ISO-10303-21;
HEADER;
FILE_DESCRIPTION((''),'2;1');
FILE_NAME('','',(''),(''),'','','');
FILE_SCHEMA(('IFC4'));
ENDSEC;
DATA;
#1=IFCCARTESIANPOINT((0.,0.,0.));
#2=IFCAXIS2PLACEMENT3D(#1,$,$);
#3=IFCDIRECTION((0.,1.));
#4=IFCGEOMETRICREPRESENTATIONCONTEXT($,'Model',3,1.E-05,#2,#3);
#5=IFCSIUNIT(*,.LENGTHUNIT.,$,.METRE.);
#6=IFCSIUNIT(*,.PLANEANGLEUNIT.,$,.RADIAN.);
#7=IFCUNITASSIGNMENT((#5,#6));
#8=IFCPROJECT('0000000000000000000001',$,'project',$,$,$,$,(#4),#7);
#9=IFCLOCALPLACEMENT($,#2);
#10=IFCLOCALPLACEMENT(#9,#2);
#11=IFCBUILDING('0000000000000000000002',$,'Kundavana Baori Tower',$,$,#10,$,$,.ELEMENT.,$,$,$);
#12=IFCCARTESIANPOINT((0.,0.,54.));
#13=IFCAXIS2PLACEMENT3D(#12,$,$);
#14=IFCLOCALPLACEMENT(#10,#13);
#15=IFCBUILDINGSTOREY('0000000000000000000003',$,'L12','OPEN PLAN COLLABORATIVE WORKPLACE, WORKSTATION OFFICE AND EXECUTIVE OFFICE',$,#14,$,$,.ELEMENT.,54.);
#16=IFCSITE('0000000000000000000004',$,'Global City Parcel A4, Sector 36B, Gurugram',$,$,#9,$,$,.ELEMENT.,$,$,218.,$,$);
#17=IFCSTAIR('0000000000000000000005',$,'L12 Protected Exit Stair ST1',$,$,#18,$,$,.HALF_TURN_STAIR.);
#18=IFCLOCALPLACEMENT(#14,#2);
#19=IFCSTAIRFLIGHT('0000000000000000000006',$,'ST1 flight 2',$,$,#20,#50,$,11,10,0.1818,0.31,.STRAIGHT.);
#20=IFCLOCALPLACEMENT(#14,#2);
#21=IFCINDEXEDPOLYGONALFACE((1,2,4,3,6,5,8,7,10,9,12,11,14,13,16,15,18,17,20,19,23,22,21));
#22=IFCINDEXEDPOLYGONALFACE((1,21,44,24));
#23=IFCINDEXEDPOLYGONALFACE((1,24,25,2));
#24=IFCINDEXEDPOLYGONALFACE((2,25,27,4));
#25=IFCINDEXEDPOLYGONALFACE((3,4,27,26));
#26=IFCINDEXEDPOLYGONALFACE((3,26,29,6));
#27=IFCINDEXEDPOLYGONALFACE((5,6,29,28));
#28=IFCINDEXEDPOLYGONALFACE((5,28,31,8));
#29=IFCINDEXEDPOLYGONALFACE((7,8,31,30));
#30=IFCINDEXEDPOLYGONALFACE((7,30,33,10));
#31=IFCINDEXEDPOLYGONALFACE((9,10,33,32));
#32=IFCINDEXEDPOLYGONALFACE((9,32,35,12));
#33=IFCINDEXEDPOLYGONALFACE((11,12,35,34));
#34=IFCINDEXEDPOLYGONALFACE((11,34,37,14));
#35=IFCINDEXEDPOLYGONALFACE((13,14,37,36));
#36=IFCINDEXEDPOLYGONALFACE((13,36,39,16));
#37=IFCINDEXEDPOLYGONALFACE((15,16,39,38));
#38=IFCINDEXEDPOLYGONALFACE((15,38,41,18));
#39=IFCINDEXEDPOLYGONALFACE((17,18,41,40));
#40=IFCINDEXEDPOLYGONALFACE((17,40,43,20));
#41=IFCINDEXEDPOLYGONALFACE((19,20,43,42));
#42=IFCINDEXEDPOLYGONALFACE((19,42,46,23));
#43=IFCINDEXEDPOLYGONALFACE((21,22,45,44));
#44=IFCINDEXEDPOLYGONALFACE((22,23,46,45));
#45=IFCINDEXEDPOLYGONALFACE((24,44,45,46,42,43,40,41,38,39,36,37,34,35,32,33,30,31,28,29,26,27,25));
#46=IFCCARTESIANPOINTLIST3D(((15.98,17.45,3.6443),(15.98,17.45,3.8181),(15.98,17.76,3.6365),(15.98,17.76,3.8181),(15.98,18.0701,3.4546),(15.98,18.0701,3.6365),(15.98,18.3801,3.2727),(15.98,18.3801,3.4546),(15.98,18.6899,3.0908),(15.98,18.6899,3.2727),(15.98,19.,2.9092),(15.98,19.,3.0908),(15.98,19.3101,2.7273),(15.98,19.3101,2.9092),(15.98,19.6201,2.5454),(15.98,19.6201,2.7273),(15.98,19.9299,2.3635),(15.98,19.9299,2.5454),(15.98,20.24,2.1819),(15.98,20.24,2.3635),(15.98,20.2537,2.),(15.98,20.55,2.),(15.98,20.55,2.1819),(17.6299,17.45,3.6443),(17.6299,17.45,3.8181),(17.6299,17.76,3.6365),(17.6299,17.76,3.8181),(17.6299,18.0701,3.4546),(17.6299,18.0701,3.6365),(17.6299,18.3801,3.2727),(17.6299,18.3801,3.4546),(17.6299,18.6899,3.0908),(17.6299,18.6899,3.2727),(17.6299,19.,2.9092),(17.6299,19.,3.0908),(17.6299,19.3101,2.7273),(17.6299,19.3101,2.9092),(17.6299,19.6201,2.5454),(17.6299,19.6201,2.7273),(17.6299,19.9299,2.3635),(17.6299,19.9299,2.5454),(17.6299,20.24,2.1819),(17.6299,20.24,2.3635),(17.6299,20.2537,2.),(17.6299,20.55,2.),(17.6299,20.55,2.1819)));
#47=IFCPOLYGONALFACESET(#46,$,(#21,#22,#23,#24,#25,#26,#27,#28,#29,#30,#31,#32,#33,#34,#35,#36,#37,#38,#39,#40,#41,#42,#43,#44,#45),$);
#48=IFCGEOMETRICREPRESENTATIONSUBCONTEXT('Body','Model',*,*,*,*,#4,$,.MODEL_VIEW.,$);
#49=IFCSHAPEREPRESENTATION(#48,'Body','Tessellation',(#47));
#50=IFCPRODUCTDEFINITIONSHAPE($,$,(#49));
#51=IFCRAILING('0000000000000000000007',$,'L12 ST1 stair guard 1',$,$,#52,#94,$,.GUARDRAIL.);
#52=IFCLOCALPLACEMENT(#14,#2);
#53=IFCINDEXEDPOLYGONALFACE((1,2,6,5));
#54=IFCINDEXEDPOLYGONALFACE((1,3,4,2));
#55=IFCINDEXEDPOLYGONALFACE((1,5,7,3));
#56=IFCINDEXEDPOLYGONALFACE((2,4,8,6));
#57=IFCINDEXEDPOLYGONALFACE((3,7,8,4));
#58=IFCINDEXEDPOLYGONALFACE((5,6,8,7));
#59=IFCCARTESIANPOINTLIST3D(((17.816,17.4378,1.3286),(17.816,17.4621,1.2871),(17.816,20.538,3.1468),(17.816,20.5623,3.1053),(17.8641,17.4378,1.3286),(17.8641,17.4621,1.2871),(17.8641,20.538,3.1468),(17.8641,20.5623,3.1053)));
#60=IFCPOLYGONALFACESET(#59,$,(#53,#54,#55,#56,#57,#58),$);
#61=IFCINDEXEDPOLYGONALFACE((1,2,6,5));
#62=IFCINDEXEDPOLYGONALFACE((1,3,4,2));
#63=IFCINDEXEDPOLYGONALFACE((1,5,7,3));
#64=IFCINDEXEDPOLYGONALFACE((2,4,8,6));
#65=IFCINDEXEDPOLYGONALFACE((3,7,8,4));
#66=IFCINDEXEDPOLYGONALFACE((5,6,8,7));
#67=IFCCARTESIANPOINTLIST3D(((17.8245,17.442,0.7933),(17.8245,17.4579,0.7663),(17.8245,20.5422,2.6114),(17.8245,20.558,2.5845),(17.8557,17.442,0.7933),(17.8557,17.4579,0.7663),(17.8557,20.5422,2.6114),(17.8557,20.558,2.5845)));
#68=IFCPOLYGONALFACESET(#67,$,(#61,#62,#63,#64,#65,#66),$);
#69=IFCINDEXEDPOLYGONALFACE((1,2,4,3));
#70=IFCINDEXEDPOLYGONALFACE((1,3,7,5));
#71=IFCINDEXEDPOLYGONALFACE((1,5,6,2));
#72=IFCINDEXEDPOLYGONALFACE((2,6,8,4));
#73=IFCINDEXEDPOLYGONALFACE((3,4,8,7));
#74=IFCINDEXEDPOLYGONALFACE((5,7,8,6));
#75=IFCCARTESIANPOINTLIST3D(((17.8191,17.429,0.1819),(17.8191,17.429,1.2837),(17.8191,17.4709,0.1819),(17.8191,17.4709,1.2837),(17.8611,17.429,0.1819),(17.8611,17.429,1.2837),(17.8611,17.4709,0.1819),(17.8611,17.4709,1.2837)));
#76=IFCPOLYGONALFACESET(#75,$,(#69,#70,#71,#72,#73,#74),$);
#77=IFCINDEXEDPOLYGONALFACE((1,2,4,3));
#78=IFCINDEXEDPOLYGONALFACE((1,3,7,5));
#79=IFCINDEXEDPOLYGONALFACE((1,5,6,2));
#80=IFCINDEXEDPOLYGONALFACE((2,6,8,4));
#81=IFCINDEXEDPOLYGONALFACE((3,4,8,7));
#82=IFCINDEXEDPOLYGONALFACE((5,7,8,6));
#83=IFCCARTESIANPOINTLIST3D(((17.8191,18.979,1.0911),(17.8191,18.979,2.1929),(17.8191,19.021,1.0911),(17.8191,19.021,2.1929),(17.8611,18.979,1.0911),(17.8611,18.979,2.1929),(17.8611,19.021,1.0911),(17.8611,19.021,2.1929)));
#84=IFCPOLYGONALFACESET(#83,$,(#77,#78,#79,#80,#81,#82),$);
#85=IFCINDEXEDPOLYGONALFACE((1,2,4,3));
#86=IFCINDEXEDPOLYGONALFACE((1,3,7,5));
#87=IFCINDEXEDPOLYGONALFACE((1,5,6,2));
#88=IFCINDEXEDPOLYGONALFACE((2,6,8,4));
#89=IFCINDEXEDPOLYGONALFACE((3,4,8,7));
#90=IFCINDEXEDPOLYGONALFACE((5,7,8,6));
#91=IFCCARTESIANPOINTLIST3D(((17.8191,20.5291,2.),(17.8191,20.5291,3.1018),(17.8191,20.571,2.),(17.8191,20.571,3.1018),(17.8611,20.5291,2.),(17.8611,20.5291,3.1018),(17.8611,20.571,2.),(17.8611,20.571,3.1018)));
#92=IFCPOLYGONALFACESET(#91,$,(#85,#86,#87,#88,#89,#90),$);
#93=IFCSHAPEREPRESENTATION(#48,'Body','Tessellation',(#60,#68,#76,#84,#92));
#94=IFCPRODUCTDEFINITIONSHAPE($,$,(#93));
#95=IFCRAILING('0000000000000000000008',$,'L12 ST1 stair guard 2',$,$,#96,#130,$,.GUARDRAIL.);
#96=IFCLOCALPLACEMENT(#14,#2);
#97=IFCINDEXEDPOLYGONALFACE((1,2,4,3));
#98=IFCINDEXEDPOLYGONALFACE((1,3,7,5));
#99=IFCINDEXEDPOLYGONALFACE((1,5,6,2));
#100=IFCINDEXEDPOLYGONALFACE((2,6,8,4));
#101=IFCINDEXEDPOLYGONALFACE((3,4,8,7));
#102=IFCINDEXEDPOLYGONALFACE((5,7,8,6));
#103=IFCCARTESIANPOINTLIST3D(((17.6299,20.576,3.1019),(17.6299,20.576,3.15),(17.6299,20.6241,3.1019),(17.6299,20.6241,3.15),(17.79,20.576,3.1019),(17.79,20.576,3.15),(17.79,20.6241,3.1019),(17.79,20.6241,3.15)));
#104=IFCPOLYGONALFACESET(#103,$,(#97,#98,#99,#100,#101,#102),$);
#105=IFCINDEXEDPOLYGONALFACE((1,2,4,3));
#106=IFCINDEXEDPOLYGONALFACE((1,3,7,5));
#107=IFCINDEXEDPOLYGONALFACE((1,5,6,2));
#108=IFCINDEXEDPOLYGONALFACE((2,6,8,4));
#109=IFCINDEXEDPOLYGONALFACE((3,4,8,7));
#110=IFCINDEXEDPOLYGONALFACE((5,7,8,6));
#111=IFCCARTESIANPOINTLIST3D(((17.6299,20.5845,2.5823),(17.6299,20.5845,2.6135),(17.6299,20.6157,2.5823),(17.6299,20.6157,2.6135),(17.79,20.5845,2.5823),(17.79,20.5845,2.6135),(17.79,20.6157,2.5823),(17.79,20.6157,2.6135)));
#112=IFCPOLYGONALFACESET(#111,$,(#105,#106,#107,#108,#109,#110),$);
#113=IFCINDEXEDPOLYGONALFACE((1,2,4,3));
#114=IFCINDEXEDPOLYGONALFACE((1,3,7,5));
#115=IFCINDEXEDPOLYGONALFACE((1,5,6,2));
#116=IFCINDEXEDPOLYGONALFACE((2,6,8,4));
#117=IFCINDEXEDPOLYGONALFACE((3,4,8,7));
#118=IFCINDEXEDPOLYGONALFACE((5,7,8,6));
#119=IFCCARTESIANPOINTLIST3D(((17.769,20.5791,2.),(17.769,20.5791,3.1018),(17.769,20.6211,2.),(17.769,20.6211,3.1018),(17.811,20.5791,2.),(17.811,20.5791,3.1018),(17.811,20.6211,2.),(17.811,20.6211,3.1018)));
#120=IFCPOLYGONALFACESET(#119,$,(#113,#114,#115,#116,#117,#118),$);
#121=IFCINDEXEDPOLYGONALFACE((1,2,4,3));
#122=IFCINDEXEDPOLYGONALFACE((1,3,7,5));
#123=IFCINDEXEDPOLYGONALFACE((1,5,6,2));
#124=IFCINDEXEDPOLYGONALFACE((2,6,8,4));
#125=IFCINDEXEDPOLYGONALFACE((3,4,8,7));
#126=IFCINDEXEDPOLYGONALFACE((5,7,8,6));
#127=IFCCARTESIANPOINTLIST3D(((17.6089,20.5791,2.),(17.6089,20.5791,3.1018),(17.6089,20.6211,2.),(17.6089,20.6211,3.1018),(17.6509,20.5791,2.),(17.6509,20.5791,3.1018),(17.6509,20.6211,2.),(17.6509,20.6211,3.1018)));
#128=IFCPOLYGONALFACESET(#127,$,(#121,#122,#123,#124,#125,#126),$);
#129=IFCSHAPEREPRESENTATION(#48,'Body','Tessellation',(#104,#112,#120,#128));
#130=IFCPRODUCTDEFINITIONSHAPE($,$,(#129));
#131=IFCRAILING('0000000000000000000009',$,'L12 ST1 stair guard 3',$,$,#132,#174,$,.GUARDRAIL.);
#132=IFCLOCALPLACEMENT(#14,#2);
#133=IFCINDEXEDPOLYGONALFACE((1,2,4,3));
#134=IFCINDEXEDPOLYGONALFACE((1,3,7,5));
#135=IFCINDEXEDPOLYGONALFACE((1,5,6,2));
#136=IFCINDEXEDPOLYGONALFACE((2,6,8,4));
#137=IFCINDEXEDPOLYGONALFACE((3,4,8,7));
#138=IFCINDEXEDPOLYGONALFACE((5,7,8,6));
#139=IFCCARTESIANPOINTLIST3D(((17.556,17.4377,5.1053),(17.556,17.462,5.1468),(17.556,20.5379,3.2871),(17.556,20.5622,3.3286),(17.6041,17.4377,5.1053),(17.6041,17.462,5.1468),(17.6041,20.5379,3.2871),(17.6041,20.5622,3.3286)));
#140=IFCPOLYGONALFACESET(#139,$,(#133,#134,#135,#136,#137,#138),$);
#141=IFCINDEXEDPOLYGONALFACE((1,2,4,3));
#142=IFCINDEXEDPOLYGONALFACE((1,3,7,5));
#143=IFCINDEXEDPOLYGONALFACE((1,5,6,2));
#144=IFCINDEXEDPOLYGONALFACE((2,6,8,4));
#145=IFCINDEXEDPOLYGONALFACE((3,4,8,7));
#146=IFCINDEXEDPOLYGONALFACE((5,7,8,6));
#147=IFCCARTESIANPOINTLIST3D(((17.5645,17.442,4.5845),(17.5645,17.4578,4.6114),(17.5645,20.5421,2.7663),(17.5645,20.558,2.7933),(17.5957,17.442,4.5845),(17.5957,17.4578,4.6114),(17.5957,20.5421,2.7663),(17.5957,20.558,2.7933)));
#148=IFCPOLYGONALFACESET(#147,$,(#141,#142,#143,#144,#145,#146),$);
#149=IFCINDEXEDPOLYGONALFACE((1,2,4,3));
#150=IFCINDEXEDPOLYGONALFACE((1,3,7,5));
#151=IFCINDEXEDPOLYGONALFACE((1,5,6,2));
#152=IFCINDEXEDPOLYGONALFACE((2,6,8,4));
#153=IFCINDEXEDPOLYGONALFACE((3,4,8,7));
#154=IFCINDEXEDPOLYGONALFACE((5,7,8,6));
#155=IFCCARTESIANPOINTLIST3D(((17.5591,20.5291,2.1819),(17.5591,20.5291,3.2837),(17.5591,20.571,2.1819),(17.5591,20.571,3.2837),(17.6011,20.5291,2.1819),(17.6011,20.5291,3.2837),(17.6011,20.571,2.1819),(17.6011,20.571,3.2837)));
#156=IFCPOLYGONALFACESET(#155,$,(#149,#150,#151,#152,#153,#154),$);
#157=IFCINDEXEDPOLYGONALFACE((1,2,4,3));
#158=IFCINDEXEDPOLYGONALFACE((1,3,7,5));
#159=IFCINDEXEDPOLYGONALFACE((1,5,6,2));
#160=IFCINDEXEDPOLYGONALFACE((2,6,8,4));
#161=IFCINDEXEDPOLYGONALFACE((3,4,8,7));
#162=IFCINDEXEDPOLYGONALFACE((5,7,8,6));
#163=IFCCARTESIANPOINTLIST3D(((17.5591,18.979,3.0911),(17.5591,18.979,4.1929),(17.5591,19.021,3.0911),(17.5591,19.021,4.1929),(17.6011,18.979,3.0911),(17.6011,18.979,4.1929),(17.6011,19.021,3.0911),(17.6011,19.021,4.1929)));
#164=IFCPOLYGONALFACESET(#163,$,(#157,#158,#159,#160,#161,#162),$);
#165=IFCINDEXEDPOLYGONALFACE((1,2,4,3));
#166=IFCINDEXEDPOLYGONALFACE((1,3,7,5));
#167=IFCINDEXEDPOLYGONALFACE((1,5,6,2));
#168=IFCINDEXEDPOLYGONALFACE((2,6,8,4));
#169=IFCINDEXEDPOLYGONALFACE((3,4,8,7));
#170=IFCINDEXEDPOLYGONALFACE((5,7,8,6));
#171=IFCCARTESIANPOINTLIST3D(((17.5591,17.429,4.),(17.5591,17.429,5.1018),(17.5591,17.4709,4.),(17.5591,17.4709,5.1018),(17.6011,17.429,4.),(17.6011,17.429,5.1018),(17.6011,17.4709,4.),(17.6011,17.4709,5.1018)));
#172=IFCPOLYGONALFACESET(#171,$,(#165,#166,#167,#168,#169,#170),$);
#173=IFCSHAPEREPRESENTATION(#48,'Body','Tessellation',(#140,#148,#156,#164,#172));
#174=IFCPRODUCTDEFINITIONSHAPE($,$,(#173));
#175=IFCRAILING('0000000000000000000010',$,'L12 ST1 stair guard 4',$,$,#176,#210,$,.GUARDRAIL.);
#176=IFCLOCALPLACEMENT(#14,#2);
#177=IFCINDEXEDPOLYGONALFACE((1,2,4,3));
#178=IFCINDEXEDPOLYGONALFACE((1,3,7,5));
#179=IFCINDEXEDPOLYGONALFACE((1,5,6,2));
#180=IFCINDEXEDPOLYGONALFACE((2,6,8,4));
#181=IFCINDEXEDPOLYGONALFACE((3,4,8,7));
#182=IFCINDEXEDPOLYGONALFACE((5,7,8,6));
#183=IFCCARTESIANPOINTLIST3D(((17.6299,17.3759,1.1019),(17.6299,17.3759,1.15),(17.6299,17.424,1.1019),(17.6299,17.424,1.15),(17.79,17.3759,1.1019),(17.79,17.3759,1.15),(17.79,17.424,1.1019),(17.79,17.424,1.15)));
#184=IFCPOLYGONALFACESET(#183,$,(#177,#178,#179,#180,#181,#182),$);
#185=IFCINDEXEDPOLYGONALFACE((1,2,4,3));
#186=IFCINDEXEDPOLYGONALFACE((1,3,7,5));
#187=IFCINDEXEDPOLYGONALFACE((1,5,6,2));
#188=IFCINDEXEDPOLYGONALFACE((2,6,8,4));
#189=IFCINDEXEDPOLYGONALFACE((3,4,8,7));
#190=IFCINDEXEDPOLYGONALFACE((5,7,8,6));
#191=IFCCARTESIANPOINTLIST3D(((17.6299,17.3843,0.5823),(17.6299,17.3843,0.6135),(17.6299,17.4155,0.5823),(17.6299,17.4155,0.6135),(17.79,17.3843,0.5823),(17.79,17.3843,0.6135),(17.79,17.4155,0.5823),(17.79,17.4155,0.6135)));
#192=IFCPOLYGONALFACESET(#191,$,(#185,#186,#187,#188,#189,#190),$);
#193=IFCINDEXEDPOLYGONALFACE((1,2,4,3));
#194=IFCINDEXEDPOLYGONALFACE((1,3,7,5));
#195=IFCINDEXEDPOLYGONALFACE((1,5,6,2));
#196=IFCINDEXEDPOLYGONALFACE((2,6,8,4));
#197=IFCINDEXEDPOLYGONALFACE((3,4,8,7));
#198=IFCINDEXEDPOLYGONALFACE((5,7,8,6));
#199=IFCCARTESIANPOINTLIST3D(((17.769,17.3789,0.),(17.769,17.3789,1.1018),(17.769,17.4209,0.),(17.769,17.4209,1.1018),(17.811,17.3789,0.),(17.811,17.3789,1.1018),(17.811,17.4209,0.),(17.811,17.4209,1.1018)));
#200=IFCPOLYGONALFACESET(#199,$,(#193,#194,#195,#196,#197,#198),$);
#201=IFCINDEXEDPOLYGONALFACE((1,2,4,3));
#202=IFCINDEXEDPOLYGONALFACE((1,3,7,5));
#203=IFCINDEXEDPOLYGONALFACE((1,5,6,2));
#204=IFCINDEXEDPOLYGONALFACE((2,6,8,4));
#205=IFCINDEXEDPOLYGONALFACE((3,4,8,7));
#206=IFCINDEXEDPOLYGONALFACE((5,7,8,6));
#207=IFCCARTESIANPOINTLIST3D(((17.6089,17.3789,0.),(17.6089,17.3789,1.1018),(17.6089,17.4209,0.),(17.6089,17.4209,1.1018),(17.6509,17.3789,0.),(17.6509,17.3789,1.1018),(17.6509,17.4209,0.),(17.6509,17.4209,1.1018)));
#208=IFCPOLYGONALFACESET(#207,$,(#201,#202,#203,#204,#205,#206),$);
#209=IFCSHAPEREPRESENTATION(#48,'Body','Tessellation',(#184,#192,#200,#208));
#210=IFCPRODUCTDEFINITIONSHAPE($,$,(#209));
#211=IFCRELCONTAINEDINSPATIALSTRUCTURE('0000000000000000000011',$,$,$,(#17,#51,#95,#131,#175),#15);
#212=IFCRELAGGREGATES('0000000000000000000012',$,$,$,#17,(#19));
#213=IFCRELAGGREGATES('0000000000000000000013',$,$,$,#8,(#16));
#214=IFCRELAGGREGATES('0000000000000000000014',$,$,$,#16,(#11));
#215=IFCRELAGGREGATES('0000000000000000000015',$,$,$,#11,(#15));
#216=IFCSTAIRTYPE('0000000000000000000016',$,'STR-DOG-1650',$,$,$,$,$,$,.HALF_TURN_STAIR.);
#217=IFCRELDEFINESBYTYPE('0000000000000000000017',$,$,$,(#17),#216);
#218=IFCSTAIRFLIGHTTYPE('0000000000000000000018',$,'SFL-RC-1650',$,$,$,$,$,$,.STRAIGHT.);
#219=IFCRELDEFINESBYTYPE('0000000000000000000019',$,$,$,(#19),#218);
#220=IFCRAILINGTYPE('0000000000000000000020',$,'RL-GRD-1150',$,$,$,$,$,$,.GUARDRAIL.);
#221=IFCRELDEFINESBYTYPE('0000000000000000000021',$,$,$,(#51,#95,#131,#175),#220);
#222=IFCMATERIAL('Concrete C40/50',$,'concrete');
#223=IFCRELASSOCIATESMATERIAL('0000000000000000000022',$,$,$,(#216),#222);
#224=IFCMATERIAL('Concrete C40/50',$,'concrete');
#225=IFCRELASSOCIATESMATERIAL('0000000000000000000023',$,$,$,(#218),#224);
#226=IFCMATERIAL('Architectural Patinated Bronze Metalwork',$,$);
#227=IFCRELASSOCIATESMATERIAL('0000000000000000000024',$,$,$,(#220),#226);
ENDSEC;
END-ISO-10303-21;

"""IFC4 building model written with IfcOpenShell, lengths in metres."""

from ifc_helpers import new_model, si_unit, direction, frame, origin, origin_2d, place, context, subcontext, project, spatial, polyline, rectangle, outline, extrude, material, type_object, element, aggregate, save


model = new_model("IFC4")

# Units and contexts
model_context = context("Model", 3, precision=1e-05, world=origin(), true_north=direction((0.0, 1.0)))
body_context = subcontext(model_context, "Body", "Model", "MODEL_VIEW")
ifc_project = project(units=[si_unit("LENGTHUNIT", "METRE"), si_unit("PLANEANGLEUNIT", "RADIAN")], contexts=[model_context])

# Site, building, storey
site_placement = place(None, origin())
site = spatial("IfcSite", under=ifc_project, at=site_placement, Name="Global City Parcel A4, Sector 36B, Gurugram", CompositionType="ELEMENT", RefElevation=218.0)
building_placement = place(site_placement, origin())
building = spatial("IfcBuilding", under=site, at=building_placement, Name="Kundavana Baori Tower", CompositionType="ELEMENT")
storey_placement = place(building_placement, frame((0.0, 0.0, 54.0)))
storey = spatial("IfcBuildingStorey", under=building, at=storey_placement, Name="L12", Description="OPEN PLAN COLLABORATIVE WORKPLACE, WORKSTATION OFFICE AND EXECUTIVE OFFICE", CompositionType="ELEMENT", Elevation=54.0)

# Stair, stair flight
ifc_material_1 = material(Name="Concrete C40/50", Category="concrete")
stair_type = type_object("IfcStairType", Name="STR-DOG-1650", PredefinedType="HALF_TURN_STAIR", material=ifc_material_1)
stair_placement = place(storey_placement, origin())
stair = element("IfcStair", 1, at=stair_placement, inside=storey, type_object=stair_type, Name="L12 Protected Exit Stair ST1", PredefinedType="HALF_TURN_STAIR")
ifc_material_2 = material(Name="Concrete C40/50", Category="concrete")
stair_flight_type = type_object("IfcStairFlightType", Name="SFL-RC-1650", PredefinedType="STRAIGHT", material=ifc_material_2)
stair_flight_1_placement = place(storey_placement, frame((16.8049, 20.55, 2.0), z_axis=(0.0, 0.0, 1.0), x_axis=(0.0, -1.0, 0.0)))
stair_flight_1 = element("IfcStairFlight", 2, at=stair_flight_1_placement, type_object=stair_flight_type, Name="ST1 flight 2", NumberOfRisers=11, NumberOfTreads=10, PredefinedType="STRAIGHT", RiserHeight=0.1818, TreadLength=0.31, context=body_context, shape_type="SweptSolid", body=[
    extrude(outline(polyline([(0.0, 0.0), (0.0, 0.1819), (0.3101, 0.1819), (0.3101, 0.3635), (0.6201, 0.3635), (0.6201, 0.5454), (0.9299, 0.5454), (0.9299, 0.7273), (1.24, 0.7273), (1.24, 0.9092), (1.55, 0.9092), (1.55, 1.0908), (1.8601, 1.0908), (1.8601, 1.2727), (2.1699, 1.2727), (2.1699, 1.4546), (2.48, 1.4546), (2.48, 1.6365), (2.79, 1.6365), (2.79, 1.8181), (3.1001, 1.8181), (3.1001, 2.0), (3.1001, 1.6443), (0.2964, 0.0), (0.0, 0.0)])), frame((0.0, 0.825, 0.0), z_axis=(0.0, -1.0, 0.0), x_axis=(1.0, 0.0, 0.0)), (0.0, 0.0, 1.0), 1.6499),
])
aggregate(stair, [stair_flight_1])

# Railings
ifc_material_3 = material(Name="Architectural Patinated Bronze Metalwork")
railing_type_1 = type_object("IfcRailingType", Name="RL-GRD-1150", PredefinedType="GUARDRAIL", material=ifc_material_3)
railing_1_placement = place(storey_placement, frame((17.8401, 17.45, 0.1819)))
element("IfcRailing", 3, at=railing_1_placement, inside=storey, type_object=railing_type_1, Name="L12 ST1 stair guard 1", PredefinedType="GUARDRAIL", context=body_context, shape_type="SweptSolid", body=[
    extrude(rectangle(XDim=0.0481, YDim=0.0481, at=origin_2d()), frame((0.0, 0.0, 1.126), z_axis=(0.0, 0.862599, 0.505889), x_axis=(-1.0, 0.0, 0.0)), (0.0, 0.0, 1.0), 3.594),
    extrude(rectangle(XDim=0.0312, YDim=0.0312, at=origin_2d()), frame((0.0, 0.0, 0.5979), z_axis=(0.0, 0.862599, 0.505889), x_axis=(-1.0, 0.0, 0.0)), (0.0, 0.0, 1.0), 3.594),
    extrude(rectangle(XDim=0.042, YDim=0.042, at=origin_2d()), origin(), (0.0, 0.0, 1.0), 1.1018),
    extrude(rectangle(XDim=0.042, YDim=0.042, at=origin_2d()), frame((0.0, 1.55, 0.9092)), (0.0, 0.0, 1.0), 1.1018),
    extrude(rectangle(XDim=0.042, YDim=0.042, at=origin_2d()), frame((0.0, 3.1001, 1.8181)), (0.0, 0.0, 1.0), 1.1018),
])
railing_2_placement = place(storey_placement, frame((17.79, 20.6001, 2.0)))
element("IfcRailing", 4, at=railing_2_placement, inside=storey, type_object=railing_type_1, Name="L12 ST1 stair guard 2", PredefinedType="GUARDRAIL", context=body_context, shape_type="SweptSolid", body=[
    extrude(rectangle(XDim=0.0481, YDim=0.0481, at=origin_2d()), frame((0.0, 0.0, 1.126), z_axis=(-1.0, 0.0, 0.0), x_axis=(0.0, -1.0, 0.0)), (0.0, 0.0, 1.0), 0.1602),
    extrude(rectangle(XDim=0.0312, YDim=0.0312, at=origin_2d()), frame((0.0, 0.0, 0.5979), z_axis=(-1.0, 0.0, 0.0), x_axis=(0.0, -1.0, 0.0)), (0.0, 0.0, 1.0), 0.1602),
    extrude(rectangle(XDim=0.042, YDim=0.042, at=origin_2d()), origin(), (0.0, 0.0, 1.0), 1.1018),
    extrude(rectangle(XDim=0.042, YDim=0.042, at=origin_2d()), frame((-0.1602, 0.0, 0.0)), (0.0, 0.0, 1.0), 1.1018),
])
railing_3_placement = place(storey_placement, frame((17.5801, 20.55, 2.1819)))
element("IfcRailing", 5, at=railing_3_placement, inside=storey, type_object=railing_type_1, Name="L12 ST1 stair guard 3", PredefinedType="GUARDRAIL", context=body_context, shape_type="SweptSolid", body=[
    extrude(rectangle(XDim=0.0481, YDim=0.0481, at=origin_2d()), frame((0.0, 0.0, 1.126), z_axis=(0.0, -0.862599, 0.505889), x_axis=(1.0, 0.0, 0.0)), (0.0, 0.0, 1.0), 3.594),
    extrude(rectangle(XDim=0.0312, YDim=0.0312, at=origin_2d()), frame((0.0, 0.0, 0.5979), z_axis=(0.0, -0.862599, 0.505889), x_axis=(1.0, 0.0, 0.0)), (0.0, 0.0, 1.0), 3.594),
    extrude(rectangle(XDim=0.042, YDim=0.042, at=origin_2d()), origin(), (0.0, 0.0, 1.0), 1.1018),
    extrude(rectangle(XDim=0.042, YDim=0.042, at=origin_2d()), frame((0.0, -1.55, 0.9092)), (0.0, 0.0, 1.0), 1.1018),
    extrude(rectangle(XDim=0.042, YDim=0.042, at=origin_2d()), frame((0.0, -3.1001, 1.8181)), (0.0, 0.0, 1.0), 1.1018),
])
railing_4_placement = place(storey_placement, frame((17.79, 17.3999, 0.0)))
element("IfcRailing", 6, at=railing_4_placement, inside=storey, type_object=railing_type_1, Name="L12 ST1 stair guard 4", PredefinedType="GUARDRAIL", context=body_context, shape_type="SweptSolid", body=[
    extrude(rectangle(XDim=0.0481, YDim=0.0481, at=origin_2d()), frame((0.0, 0.0, 1.126), z_axis=(-1.0, 0.0, 0.0), x_axis=(0.0, -1.0, 0.0)), (0.0, 0.0, 1.0), 0.1602),
    extrude(rectangle(XDim=0.0312, YDim=0.0312, at=origin_2d()), frame((0.0, 0.0, 0.5979), z_axis=(-1.0, 0.0, 0.0), x_axis=(0.0, -1.0, 0.0)), (0.0, 0.0, 1.0), 0.1602),
    extrude(rectangle(XDim=0.042, YDim=0.042, at=origin_2d()), origin(), (0.0, 0.0, 1.0), 1.1018),
    extrude(rectangle(XDim=0.042, YDim=0.042, at=origin_2d()), frame((-0.1602, 0.0, 0.0)), (0.0, 0.0, 1.0), 1.1018),
])

save(model, "model.ifc")
